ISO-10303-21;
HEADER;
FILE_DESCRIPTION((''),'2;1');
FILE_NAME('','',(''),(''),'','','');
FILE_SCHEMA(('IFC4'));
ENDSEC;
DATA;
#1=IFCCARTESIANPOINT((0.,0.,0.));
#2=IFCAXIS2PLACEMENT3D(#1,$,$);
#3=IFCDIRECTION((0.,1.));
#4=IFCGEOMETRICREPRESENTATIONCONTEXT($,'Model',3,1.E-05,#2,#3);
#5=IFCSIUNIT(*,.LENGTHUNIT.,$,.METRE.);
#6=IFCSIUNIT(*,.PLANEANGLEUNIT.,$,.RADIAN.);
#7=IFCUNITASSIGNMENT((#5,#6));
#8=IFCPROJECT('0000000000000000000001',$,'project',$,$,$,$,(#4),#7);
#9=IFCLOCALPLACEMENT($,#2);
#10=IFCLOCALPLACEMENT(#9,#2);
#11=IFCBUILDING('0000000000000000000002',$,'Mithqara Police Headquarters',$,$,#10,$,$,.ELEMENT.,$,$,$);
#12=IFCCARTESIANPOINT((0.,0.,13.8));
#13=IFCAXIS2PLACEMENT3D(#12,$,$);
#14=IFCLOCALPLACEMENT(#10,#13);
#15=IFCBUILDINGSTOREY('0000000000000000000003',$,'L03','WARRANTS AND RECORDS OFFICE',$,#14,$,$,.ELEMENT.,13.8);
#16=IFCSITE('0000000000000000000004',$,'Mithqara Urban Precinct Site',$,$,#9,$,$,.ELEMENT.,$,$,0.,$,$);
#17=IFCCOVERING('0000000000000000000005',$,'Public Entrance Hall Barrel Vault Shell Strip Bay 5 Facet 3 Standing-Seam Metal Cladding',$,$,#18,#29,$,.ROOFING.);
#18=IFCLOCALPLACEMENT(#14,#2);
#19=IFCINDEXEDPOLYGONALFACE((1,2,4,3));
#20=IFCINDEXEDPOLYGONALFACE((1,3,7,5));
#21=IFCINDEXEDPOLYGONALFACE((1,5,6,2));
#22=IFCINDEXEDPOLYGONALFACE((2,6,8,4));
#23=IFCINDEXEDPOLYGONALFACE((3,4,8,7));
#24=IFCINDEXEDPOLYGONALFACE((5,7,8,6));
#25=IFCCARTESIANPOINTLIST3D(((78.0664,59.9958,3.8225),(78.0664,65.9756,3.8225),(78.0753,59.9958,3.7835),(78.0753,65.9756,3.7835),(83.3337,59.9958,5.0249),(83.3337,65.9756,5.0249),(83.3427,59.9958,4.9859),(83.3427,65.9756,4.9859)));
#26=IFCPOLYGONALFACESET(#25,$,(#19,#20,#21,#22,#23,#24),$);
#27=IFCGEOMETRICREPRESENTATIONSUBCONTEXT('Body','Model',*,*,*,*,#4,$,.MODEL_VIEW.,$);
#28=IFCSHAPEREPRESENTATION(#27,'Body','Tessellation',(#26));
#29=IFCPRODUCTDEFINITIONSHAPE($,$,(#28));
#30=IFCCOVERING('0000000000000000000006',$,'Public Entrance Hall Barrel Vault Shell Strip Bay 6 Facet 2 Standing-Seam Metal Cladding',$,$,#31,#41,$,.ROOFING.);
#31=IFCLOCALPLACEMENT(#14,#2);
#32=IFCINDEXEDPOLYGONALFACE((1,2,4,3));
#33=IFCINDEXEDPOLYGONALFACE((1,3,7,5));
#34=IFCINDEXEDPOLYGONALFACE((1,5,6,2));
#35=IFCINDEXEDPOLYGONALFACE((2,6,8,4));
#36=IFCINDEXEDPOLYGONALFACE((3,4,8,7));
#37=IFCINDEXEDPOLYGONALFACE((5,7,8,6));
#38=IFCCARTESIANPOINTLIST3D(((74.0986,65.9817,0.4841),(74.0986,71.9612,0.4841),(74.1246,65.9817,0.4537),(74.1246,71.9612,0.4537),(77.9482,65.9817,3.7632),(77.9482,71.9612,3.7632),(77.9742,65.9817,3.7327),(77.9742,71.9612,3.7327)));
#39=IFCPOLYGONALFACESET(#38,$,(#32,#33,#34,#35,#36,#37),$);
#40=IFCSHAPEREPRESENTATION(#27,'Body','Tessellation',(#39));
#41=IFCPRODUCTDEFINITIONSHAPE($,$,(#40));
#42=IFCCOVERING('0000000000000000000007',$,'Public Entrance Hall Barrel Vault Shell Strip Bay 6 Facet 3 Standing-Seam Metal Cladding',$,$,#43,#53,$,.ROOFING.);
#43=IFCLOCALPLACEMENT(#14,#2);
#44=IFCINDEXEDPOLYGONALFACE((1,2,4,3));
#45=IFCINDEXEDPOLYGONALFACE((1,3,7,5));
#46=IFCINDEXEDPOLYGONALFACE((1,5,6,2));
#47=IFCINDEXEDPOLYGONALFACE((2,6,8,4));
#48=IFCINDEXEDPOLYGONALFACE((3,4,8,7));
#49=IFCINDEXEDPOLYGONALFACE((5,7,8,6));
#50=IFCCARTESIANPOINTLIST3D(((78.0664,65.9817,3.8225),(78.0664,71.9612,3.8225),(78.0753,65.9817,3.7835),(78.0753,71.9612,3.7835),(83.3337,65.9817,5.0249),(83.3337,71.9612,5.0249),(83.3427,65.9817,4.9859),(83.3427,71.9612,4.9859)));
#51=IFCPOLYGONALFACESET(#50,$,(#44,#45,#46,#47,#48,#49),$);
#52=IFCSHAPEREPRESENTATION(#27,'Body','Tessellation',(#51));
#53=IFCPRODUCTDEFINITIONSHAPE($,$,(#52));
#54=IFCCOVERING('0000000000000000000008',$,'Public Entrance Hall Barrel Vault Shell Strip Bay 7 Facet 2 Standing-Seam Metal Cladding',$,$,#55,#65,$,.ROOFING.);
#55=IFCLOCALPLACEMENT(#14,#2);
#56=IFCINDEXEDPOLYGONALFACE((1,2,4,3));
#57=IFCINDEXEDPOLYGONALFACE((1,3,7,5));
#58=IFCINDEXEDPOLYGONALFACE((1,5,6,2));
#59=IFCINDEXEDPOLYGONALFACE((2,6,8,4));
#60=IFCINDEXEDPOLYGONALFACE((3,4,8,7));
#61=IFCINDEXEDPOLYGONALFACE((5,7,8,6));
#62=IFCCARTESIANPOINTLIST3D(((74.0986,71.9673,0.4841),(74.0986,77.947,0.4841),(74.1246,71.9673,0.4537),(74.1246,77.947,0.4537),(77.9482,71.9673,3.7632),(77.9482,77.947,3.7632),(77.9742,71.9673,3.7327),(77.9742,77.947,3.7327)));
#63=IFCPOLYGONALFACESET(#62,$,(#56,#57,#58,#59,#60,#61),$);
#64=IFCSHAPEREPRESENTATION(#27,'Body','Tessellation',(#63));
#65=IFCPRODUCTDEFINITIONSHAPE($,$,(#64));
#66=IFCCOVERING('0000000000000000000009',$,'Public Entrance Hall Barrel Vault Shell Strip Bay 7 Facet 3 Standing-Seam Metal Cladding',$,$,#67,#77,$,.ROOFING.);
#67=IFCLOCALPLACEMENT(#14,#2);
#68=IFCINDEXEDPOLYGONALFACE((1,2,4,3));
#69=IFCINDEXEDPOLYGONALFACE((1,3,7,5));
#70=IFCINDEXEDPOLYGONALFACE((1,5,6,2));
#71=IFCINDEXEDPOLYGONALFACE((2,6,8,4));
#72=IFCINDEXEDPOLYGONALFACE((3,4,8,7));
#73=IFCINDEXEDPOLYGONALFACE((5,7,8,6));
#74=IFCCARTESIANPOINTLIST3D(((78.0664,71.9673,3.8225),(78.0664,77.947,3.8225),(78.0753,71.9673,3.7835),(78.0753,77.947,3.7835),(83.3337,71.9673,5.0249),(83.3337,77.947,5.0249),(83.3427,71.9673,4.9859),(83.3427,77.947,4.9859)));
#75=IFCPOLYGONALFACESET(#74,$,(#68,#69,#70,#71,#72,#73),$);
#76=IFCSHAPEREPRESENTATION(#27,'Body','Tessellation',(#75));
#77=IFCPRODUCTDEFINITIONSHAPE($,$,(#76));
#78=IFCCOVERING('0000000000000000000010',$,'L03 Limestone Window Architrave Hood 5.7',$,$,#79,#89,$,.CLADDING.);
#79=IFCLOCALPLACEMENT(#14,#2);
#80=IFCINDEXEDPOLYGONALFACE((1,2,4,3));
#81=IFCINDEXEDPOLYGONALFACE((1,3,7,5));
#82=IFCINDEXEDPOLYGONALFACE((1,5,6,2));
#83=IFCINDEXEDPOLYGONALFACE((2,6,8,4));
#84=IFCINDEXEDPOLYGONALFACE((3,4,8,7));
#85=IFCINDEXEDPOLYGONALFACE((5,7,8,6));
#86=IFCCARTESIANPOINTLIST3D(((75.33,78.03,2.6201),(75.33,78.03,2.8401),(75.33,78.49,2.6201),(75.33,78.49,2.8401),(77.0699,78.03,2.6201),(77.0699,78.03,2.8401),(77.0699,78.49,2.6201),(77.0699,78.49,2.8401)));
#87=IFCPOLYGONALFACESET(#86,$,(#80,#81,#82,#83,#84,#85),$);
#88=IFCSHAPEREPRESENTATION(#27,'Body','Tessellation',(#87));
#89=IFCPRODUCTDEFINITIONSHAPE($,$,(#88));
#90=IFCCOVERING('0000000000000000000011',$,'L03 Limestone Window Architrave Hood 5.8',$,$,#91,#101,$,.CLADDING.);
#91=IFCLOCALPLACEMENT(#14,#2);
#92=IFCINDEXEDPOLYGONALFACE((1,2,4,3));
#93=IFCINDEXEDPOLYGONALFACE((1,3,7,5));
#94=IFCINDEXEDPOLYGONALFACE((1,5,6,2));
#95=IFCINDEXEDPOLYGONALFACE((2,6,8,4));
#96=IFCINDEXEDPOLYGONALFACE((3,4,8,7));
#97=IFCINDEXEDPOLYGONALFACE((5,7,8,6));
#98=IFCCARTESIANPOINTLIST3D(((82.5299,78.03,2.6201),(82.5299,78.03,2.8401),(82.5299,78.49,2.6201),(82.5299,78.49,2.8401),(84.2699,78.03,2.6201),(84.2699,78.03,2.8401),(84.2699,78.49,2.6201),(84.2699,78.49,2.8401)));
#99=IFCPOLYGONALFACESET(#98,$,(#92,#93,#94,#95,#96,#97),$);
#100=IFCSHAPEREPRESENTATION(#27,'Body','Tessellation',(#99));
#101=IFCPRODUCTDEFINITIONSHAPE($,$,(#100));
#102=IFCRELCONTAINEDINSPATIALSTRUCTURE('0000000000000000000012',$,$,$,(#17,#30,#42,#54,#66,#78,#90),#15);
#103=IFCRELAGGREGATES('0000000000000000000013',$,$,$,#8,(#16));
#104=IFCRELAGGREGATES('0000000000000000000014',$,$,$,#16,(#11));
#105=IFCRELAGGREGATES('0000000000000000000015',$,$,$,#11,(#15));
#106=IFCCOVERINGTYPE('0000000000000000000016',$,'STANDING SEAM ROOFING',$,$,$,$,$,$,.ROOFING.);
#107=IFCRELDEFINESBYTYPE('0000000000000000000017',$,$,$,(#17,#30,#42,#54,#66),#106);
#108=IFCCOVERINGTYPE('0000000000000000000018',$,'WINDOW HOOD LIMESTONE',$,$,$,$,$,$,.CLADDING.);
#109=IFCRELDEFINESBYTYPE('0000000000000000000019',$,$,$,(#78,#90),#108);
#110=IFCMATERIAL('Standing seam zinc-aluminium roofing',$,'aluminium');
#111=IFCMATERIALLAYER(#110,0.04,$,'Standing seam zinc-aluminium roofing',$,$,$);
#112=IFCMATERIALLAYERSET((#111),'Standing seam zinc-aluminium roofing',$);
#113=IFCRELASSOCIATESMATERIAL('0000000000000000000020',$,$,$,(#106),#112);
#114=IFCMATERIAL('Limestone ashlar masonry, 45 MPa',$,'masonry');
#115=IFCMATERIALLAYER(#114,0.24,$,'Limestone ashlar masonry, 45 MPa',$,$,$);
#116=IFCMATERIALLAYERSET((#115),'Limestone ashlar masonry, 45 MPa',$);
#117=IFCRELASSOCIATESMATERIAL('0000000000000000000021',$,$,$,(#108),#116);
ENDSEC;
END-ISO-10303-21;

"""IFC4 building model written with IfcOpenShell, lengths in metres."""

from ifc_helpers import new_model, si_unit, direction, frame, origin, origin_2d, place, context, subcontext, project, spatial, polyline, rectangle, outline, extrude, material, layer, layer_set, type_object, element, save


model = new_model("IFC4")

# Units and contexts
model_context = context("Model", 3, precision=1e-05, world=origin(), true_north=direction((0.0, 1.0)))
body_context = subcontext(model_context, "Body", "Model", "MODEL_VIEW")
ifc_project = project(units=[si_unit("LENGTHUNIT", "METRE"), si_unit("PLANEANGLEUNIT", "RADIAN")], contexts=[model_context])

# Site, building, storey
site_placement = place(None, origin())
site = spatial("IfcSite", under=ifc_project, at=site_placement, Name="Mithqara Urban Precinct Site", CompositionType="ELEMENT", RefElevation=0.0)
building_placement = place(site_placement, origin())
building = spatial("IfcBuilding", under=site, at=building_placement, Name="Mithqara Police Headquarters", CompositionType="ELEMENT")
storey_placement = place(building_placement, frame((0.0, 0.0, 13.8)))
storey = spatial("IfcBuildingStorey", under=building, at=storey_placement, Name="L03", Description="WARRANTS AND RECORDS OFFICE", CompositionType="ELEMENT", Elevation=13.8)

# Shared definitions
ifc_material_1 = material(Name="Limestone ashlar masonry, 45 MPa", Category="masonry")

# Coverings
ifc_material_2 = material(Name="Standing seam zinc-aluminium roofing", Category="aluminium")
ifc_layer_1 = layer(ifc_material_2, 0.04, Name="Standing seam zinc-aluminium roofing")
ifc_layer_set_1 = layer_set([ifc_layer_1], Name="Standing seam zinc-aluminium roofing")
covering_type_1 = type_object("IfcCoveringType", Name="STANDING SEAM ROOFING", PredefinedType="ROOFING", material=ifc_layer_set_1)
covering_1_placement = place(storey_placement, frame((78.0664, 59.9958, 3.8225), z_axis=(-0.222549, 0.0, 0.974922), x_axis=(0.974922, 0.0, 0.222549)))
element("IfcCovering", 1, at=covering_1_placement, inside=storey, type_object=covering_type_1, Name="Public Entrance Hall Barrel Vault Shell Strip Bay 5 Facet 3 Standing-Seam Metal Cladding", PredefinedType="ROOFING", context=body_context, shape_type="SweptSolid", body=[
    extrude(outline(polyline([(0.0, 0.0), (5.4028, 0.0), (5.4028, 5.9797), (0.0, 5.9797), (0.0, 0.0)])), origin(), (0.0, 0.0, -1.0), 0.04),
])
covering_2_placement = place(storey_placement, frame((74.0986, 65.9817, 0.4841), z_axis=(-0.648438, 0.0, 0.761267), x_axis=(0.761267, 0.0, 0.648438)))
element("IfcCovering", 2, at=covering_2_placement, inside=storey, type_object=covering_type_1, Name="Public Entrance Hall Barrel Vault Shell Strip Bay 6 Facet 2 Standing-Seam Metal Cladding", PredefinedType="ROOFING", context=body_context, shape_type="SweptSolid", body=[
    extrude(outline(polyline([(0.0, 0.0), (5.0568, 0.0), (5.0568, 5.9795), (0.0, 5.9795), (0.0, 0.0)])), origin(), (0.0, 0.0, -1.0), 0.04),
])
covering_3_placement = place(storey_placement, frame((78.0664, 65.9817, 3.8225), z_axis=(-0.222549, 0.0, 0.974922), x_axis=(0.974922, 0.0, 0.222549)))
element("IfcCovering", 3, at=covering_3_placement, inside=storey, type_object=covering_type_1, Name="Public Entrance Hall Barrel Vault Shell Strip Bay 6 Facet 3 Standing-Seam Metal Cladding", PredefinedType="ROOFING", context=body_context, shape_type="SweptSolid", body=[
    extrude(outline(polyline([(0.0, 0.0), (5.4028, 0.0), (5.4028, 5.9795), (0.0, 5.9795), (0.0, 0.0)])), origin(), (0.0, 0.0, -1.0), 0.04),
])
covering_4_placement = place(storey_placement, frame((74.0986, 71.9673, 0.4841), z_axis=(-0.648438, 0.0, 0.761267), x_axis=(0.761267, 0.0, 0.648438)))
element("IfcCovering", 4, at=covering_4_placement, inside=storey, type_object=covering_type_1, Name="Public Entrance Hall Barrel Vault Shell Strip Bay 7 Facet 2 Standing-Seam Metal Cladding", PredefinedType="ROOFING", context=body_context, shape_type="SweptSolid", body=[
    extrude(outline(polyline([(0.0, 0.0), (5.0568, 0.0), (5.0568, 5.9797), (0.0, 5.9797), (0.0, 0.0)])), origin(), (0.0, 0.0, -1.0), 0.04),
])
covering_5_placement = place(storey_placement, frame((78.0664, 71.9673, 3.8225), z_axis=(-0.222549, 0.0, 0.974922), x_axis=(0.974922, 0.0, 0.222549)))
element("IfcCovering", 5, at=covering_5_placement, inside=storey, type_object=covering_type_1, Name="Public Entrance Hall Barrel Vault Shell Strip Bay 7 Facet 3 Standing-Seam Metal Cladding", PredefinedType="ROOFING", context=body_context, shape_type="SweptSolid", body=[
    extrude(outline(polyline([(0.0, 0.0), (5.4028, 0.0), (5.4028, 5.9797), (0.0, 5.9797), (0.0, 0.0)])), origin(), (0.0, 0.0, -1.0), 0.04),
])
ifc_layer_2 = layer(ifc_material_1, 0.24, Name="Limestone ashlar masonry, 45 MPa")
ifc_layer_set_2 = layer_set([ifc_layer_2], Name="Limestone ashlar masonry, 45 MPa")
covering_type_2 = type_object("IfcCoveringType", Name="WINDOW HOOD LIMESTONE", PredefinedType="CLADDING", material=ifc_layer_set_2)
for number, where, z_axis, x_axis, name in (
    (6, (76.2, 78.26, 2.6201), (0.0, 0.0, 1.0), (1.0, 0.0, 0.0), "L03 Limestone Window Architrave Hood 5.7"),
    (7, (83.3999, 78.26, 2.6201), (0.0, 0.0, 1.0), (1.0, 0.0, 0.0), "L03 Limestone Window Architrave Hood 5.8"),
):
    element("IfcCovering", number, at=place(storey_placement, frame(where, z_axis=z_axis, x_axis=x_axis)), inside=storey, type_object=covering_type_2, Name=name, PredefinedType="CLADDING", context=body_context, shape_type="SweptSolid", body=[
        extrude(rectangle(XDim=1.74, YDim=0.46, at=origin_2d()), origin(), (0.0, 0.0, 1.0), 0.22),
    ])

save(model, "model.ifc")
